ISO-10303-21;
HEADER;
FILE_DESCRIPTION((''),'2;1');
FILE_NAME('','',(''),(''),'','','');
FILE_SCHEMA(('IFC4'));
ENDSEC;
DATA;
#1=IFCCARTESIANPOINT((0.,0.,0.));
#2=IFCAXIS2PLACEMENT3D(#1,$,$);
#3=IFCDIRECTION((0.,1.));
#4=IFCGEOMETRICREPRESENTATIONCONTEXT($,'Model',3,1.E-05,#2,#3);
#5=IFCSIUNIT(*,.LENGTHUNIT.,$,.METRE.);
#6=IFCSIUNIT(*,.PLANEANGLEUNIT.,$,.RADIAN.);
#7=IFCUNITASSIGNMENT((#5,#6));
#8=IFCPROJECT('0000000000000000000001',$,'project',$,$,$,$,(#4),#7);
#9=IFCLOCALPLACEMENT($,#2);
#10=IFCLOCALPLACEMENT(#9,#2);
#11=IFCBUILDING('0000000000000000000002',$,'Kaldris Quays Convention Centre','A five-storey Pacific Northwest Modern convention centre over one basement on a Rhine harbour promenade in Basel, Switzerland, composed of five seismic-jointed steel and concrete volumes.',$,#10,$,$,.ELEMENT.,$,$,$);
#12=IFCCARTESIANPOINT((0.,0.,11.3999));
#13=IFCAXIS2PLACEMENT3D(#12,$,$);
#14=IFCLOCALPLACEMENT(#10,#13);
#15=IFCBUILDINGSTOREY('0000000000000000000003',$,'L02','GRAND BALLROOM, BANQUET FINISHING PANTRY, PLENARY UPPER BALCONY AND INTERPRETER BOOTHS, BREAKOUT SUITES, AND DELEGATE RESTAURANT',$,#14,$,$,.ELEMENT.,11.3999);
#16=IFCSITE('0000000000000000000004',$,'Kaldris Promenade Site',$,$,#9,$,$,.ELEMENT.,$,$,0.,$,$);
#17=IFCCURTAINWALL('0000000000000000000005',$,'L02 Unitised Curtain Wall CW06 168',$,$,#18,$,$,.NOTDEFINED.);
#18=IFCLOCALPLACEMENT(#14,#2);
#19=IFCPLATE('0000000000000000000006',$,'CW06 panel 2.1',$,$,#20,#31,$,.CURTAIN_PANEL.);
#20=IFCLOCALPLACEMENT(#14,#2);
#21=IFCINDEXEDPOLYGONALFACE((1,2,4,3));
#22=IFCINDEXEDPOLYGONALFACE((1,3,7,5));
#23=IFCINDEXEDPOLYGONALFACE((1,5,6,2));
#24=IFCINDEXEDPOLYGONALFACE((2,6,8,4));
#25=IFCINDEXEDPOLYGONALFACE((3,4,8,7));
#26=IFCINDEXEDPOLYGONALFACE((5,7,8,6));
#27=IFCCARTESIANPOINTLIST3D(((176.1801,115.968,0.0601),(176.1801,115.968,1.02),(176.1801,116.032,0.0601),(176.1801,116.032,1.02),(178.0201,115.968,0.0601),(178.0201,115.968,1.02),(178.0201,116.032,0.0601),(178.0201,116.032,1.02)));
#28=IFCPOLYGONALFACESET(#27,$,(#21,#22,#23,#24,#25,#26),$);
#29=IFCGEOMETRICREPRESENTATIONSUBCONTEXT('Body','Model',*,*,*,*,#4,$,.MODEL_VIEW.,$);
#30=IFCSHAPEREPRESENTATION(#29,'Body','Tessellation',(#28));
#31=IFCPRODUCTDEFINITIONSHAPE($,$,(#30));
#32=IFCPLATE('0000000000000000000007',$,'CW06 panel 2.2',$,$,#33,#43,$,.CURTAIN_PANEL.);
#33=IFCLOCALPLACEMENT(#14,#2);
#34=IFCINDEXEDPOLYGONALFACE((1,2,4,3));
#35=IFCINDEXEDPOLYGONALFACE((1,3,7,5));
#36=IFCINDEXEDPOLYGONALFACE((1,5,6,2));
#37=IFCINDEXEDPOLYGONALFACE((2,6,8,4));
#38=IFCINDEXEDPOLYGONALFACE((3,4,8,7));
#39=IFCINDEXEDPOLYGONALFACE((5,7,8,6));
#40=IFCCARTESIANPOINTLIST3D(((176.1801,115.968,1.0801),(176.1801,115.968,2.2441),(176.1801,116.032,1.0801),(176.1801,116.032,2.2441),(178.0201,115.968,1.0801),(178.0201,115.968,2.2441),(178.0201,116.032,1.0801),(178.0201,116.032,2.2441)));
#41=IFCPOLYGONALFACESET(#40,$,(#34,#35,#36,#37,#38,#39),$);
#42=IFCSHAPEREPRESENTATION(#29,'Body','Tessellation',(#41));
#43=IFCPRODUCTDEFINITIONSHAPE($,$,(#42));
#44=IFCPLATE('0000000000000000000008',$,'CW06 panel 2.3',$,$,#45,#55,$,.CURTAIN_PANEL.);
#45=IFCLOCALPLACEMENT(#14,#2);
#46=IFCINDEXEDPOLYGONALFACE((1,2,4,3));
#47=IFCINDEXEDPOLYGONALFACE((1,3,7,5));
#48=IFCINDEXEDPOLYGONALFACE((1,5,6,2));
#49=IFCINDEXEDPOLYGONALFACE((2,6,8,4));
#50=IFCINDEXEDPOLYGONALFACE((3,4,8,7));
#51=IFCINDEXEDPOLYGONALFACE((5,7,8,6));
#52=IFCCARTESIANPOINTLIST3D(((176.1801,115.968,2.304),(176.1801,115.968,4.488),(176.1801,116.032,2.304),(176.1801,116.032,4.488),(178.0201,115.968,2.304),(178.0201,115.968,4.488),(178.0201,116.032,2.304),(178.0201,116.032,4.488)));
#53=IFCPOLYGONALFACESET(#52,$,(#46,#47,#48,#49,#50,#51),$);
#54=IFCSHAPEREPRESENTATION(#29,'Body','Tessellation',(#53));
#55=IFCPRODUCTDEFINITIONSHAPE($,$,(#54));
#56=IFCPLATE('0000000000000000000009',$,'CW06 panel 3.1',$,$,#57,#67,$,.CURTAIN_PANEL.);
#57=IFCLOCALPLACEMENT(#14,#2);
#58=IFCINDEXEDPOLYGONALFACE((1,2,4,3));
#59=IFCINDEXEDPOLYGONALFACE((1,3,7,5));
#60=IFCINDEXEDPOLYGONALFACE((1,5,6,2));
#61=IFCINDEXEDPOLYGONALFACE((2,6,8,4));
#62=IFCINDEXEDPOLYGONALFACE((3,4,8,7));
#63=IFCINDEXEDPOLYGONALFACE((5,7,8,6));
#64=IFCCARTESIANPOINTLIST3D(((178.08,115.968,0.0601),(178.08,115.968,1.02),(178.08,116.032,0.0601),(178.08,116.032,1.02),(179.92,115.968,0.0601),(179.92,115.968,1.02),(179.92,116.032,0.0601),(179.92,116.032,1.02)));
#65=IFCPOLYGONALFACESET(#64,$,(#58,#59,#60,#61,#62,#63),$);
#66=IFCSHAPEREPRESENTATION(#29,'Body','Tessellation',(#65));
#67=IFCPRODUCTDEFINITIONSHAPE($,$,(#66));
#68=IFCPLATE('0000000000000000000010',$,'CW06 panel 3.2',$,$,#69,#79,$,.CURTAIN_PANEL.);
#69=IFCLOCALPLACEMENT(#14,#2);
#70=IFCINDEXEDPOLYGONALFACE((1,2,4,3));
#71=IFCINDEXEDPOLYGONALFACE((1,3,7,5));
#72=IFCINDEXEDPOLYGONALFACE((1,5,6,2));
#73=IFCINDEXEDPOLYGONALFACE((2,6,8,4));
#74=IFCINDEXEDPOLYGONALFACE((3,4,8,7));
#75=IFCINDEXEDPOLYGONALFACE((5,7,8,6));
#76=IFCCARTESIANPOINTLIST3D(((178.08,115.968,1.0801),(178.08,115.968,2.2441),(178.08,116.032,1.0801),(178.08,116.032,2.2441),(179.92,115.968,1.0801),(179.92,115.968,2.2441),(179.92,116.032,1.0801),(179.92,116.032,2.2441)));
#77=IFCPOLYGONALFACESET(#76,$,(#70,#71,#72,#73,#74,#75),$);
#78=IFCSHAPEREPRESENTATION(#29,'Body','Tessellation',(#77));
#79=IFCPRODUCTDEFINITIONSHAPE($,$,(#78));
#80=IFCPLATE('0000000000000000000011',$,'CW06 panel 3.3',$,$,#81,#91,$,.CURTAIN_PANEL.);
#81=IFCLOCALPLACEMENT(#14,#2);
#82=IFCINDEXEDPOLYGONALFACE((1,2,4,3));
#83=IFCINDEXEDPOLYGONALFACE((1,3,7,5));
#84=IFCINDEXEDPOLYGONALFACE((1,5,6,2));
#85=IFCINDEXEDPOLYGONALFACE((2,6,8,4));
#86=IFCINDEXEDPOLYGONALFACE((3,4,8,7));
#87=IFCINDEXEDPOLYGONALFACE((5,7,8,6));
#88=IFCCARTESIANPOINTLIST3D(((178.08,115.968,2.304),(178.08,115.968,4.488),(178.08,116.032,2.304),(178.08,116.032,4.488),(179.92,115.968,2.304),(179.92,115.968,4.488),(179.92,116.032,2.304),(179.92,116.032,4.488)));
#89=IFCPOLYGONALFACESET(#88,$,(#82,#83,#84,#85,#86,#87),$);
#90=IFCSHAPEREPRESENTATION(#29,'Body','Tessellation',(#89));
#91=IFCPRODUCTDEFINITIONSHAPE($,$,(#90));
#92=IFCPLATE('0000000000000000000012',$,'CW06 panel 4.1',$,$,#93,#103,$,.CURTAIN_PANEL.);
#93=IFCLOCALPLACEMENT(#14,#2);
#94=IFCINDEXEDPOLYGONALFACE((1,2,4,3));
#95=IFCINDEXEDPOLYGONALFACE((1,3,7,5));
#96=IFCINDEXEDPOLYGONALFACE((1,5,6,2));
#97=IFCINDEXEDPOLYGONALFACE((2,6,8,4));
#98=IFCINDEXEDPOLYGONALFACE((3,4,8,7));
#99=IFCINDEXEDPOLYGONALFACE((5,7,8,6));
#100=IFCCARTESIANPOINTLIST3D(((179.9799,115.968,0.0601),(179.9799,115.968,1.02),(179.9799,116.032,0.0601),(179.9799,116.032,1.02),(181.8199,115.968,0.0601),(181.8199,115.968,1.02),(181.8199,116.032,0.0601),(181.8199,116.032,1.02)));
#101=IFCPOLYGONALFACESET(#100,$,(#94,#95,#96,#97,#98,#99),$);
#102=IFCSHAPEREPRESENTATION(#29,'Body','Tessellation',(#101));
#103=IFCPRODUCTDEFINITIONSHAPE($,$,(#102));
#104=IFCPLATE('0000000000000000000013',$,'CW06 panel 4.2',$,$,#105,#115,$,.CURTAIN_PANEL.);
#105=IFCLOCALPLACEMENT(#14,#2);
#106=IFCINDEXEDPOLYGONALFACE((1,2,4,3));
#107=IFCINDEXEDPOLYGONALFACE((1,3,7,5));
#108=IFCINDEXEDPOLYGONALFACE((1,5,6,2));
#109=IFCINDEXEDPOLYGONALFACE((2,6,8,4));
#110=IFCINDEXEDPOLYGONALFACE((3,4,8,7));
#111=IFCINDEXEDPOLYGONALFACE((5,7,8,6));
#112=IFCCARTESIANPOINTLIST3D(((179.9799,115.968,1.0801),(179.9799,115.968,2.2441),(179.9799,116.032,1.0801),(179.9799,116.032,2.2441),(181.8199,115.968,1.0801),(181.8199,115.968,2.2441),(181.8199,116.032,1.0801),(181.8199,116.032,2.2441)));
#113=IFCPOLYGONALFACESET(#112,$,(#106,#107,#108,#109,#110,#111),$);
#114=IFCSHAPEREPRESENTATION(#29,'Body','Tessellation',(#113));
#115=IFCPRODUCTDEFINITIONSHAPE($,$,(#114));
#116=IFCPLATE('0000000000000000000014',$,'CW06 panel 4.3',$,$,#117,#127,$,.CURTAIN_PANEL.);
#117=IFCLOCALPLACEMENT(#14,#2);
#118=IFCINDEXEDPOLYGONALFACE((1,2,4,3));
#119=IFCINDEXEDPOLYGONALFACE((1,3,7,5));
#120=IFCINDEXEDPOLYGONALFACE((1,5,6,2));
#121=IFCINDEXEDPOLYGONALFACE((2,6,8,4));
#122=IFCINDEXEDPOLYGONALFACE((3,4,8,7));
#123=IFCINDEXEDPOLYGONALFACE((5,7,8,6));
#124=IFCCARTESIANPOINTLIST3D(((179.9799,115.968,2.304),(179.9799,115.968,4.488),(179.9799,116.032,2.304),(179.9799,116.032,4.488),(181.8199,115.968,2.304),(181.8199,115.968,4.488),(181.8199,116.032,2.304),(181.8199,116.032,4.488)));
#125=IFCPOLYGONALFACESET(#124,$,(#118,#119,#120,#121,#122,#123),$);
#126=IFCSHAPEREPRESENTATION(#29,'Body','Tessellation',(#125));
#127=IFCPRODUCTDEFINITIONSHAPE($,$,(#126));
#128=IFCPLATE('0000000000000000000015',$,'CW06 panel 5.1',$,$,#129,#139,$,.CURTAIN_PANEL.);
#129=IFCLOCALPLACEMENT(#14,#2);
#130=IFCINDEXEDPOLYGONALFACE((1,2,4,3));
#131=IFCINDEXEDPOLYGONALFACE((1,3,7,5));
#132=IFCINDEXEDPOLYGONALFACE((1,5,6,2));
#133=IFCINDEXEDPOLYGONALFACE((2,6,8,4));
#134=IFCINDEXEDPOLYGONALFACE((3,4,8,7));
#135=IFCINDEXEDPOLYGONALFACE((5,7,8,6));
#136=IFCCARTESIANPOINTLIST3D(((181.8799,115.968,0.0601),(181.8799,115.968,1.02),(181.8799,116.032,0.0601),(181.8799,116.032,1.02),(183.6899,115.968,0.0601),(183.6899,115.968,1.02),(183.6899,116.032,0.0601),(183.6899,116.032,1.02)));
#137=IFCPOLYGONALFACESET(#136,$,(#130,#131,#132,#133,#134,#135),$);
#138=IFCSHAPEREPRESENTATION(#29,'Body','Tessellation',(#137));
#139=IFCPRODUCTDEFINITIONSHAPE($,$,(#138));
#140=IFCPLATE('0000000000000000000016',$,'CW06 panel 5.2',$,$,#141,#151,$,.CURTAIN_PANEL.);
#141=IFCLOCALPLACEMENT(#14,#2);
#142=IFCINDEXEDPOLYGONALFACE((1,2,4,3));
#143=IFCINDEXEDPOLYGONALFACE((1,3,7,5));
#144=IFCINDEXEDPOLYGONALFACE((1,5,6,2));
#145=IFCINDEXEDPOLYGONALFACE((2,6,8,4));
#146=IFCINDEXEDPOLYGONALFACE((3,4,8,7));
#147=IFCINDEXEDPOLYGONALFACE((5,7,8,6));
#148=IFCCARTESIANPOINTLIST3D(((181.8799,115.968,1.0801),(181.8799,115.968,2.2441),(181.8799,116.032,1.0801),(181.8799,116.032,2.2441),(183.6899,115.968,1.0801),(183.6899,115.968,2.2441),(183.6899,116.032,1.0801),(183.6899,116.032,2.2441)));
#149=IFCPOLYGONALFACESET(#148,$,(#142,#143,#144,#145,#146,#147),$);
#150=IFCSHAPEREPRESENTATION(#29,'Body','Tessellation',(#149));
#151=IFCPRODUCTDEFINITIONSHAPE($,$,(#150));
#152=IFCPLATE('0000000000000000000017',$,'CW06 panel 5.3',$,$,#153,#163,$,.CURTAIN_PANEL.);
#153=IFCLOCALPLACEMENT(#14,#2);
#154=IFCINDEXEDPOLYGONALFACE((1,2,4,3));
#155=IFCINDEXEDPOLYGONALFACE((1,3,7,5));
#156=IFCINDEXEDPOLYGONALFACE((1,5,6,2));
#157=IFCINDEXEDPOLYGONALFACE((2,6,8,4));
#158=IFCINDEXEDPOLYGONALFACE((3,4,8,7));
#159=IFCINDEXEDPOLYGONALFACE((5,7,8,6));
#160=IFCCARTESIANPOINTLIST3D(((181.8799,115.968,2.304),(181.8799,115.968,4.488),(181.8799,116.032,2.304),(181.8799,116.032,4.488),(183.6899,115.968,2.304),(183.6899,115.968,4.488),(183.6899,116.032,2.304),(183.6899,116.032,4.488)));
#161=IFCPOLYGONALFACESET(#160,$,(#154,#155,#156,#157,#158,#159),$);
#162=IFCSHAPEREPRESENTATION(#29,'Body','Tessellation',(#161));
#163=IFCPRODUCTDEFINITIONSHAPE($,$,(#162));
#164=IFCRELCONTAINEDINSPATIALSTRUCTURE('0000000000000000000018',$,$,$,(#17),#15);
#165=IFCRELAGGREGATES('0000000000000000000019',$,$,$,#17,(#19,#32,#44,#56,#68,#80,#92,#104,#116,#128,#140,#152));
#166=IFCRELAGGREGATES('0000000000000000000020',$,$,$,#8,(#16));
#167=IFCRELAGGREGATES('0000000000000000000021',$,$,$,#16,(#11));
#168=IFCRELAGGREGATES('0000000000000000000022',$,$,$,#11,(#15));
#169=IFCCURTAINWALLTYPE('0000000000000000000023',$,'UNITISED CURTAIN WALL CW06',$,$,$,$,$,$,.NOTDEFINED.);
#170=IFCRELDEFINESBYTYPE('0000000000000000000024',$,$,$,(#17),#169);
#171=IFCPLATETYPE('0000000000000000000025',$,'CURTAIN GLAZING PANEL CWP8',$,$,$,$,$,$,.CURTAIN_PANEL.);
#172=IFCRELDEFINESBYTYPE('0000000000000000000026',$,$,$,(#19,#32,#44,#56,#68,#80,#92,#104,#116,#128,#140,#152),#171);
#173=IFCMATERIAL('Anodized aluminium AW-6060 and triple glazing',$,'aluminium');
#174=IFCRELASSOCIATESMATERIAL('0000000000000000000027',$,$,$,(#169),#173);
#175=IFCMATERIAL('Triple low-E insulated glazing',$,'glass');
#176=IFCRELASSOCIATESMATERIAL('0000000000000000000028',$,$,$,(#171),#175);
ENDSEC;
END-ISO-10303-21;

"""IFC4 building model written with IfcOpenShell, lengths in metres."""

from ifc_helpers import new_model, si_unit, direction, frame, origin, origin_2d, place, context, subcontext, project, spatial, rectangle, extrude, material, type_object, element, aggregate, save


model = new_model("IFC4")

# Units and contexts
model_context = context("Model", 3, precision=1e-05, world=origin(), true_north=direction((0.0, 1.0)))
body_context = subcontext(model_context, "Body", "Model", "MODEL_VIEW")
ifc_project = project(units=[si_unit("LENGTHUNIT", "METRE"), si_unit("PLANEANGLEUNIT", "RADIAN")], contexts=[model_context])

# Site, building, storey
site_placement = place(None, origin())
site = spatial("IfcSite", under=ifc_project, at=site_placement, Name="Kaldris Promenade Site", CompositionType="ELEMENT", RefElevation=0.0)
building_placement = place(site_placement, origin())
building = spatial("IfcBuilding", under=site, at=building_placement, Name="Kaldris Quays Convention Centre", Description="A five-storey Pacific Northwest Modern convention centre over one basement on a Rhine harbour promenade in Basel, Switzerland, composed of five seismic-jointed steel and concrete volumes.", CompositionType="ELEMENT")
storey_placement = place(building_placement, frame((0.0, 0.0, 11.3999)))
storey = spatial("IfcBuildingStorey", under=building, at=storey_placement, Name="L02", Description="GRAND BALLROOM, BANQUET FINISHING PANTRY, PLENARY UPPER BALCONY AND INTERPRETER BOOTHS, BREAKOUT SUITES, AND DELEGATE RESTAURANT", CompositionType="ELEMENT", Elevation=11.3999)

# Curtain wall
ifc_material_1 = material(Name="Anodized aluminium AW-6060 and triple glazing", Category="aluminium")
curtain_wall_type = type_object("IfcCurtainWallType", Name="UNITISED CURTAIN WALL CW06", PredefinedType="NOTDEFINED", material=ifc_material_1)
curtain_wall_1_placement = place(storey_placement, origin())
curtain_wall_1 = element("IfcCurtainWall", 1, at=curtain_wall_1_placement, inside=storey, type_object=curtain_wall_type, Name="L02 Unitised Curtain Wall CW06 168", PredefinedType="NOTDEFINED")

# Plates
ifc_material_2 = material(Name="Triple low-E insulated glazing", Category="glass")
plate_type = type_object("IfcPlateType", Name="CURTAIN GLAZING PANEL CWP8", PredefinedType="CURTAIN_PANEL", material=ifc_material_2)
plate_1_placement = place(storey_placement, frame((177.1001, 116.0, 0.0601), z_axis=(0.0, 0.0, 1.0), x_axis=(1.0, 0.0, 0.0)))
plate_1 = element("IfcPlate", 2, at=plate_1_placement, type_object=plate_type, Name="CW06 panel 2.1", PredefinedType="CURTAIN_PANEL", context=body_context, shape_type="SweptSolid", body=[
    extrude(rectangle(XDim=1.8401, YDim=0.064, at=origin_2d()), origin(), (0.0, 0.0, 1.0), 0.96),
])
plate_2_placement = place(storey_placement, frame((177.1001, 116.0, 1.0801), z_axis=(0.0, 0.0, 1.0), x_axis=(1.0, 0.0, 0.0)))
plate_2 = element("IfcPlate", 3, at=plate_2_placement, type_object=plate_type, Name="CW06 panel 2.2", PredefinedType="CURTAIN_PANEL", context=body_context, shape_type="SweptSolid", body=[
    extrude(rectangle(XDim=1.8401, YDim=0.064, at=origin_2d()), origin(), (0.0, 0.0, 1.0), 1.1641),
])
plate_3_placement = place(storey_placement, frame((177.1001, 116.0, 2.304), z_axis=(0.0, 0.0, 1.0), x_axis=(1.0, 0.0, 0.0)))
plate_3 = element("IfcPlate", 4, at=plate_3_placement, type_object=plate_type, Name="CW06 panel 2.3", PredefinedType="CURTAIN_PANEL", context=body_context, shape_type="SweptSolid", body=[
    extrude(rectangle(XDim=1.8401, YDim=0.064, at=origin_2d()), origin(), (0.0, 0.0, 1.0), 2.1841),
])
plate_4_placement = place(storey_placement, frame((179.0, 116.0, 0.0601), z_axis=(0.0, 0.0, 1.0), x_axis=(1.0, 0.0, 0.0)))
plate_4 = element("IfcPlate", 5, at=plate_4_placement, type_object=plate_type, Name="CW06 panel 3.1", PredefinedType="CURTAIN_PANEL", context=body_context, shape_type="SweptSolid", body=[
    extrude(rectangle(XDim=1.8401, YDim=0.064, at=origin_2d()), origin(), (0.0, 0.0, 1.0), 0.96),
])
plate_5_placement = place(storey_placement, frame((179.0, 116.0, 1.0801), z_axis=(0.0, 0.0, 1.0), x_axis=(1.0, 0.0, 0.0)))
plate_5 = element("IfcPlate", 6, at=plate_5_placement, type_object=plate_type, Name="CW06 panel 3.2", PredefinedType="CURTAIN_PANEL", context=body_context, shape_type="SweptSolid", body=[
    extrude(rectangle(XDim=1.8401, YDim=0.064, at=origin_2d()), origin(), (0.0, 0.0, 1.0), 1.1641),
])
plate_6_placement = place(storey_placement, frame((179.0, 116.0, 2.304), z_axis=(0.0, 0.0, 1.0), x_axis=(1.0, 0.0, 0.0)))
plate_6 = element("IfcPlate", 7, at=plate_6_placement, type_object=plate_type, Name="CW06 panel 3.3", PredefinedType="CURTAIN_PANEL", context=body_context, shape_type="SweptSolid", body=[
    extrude(rectangle(XDim=1.8401, YDim=0.064, at=origin_2d()), origin(), (0.0, 0.0, 1.0), 2.1841),
])
plate_7_placement = place(storey_placement, frame((180.8999, 116.0, 0.0601), z_axis=(0.0, 0.0, 1.0), x_axis=(1.0, 0.0, 0.0)))
plate_7 = element("IfcPlate", 8, at=plate_7_placement, type_object=plate_type, Name="CW06 panel 4.1", PredefinedType="CURTAIN_PANEL", context=body_context, shape_type="SweptSolid", body=[
    extrude(rectangle(XDim=1.8401, YDim=0.064, at=origin_2d()), origin(), (0.0, 0.0, 1.0), 0.96),
])
plate_8_placement = place(storey_placement, frame((180.8999, 116.0, 1.0801), z_axis=(0.0, 0.0, 1.0), x_axis=(1.0, 0.0, 0.0)))
plate_8 = element("IfcPlate", 9, at=plate_8_placement, type_object=plate_type, Name="CW06 panel 4.2", PredefinedType="CURTAIN_PANEL", context=body_context, shape_type="SweptSolid", body=[
    extrude(rectangle(XDim=1.8401, YDim=0.064, at=origin_2d()), origin(), (0.0, 0.0, 1.0), 1.1641),
])
plate_9_placement = place(storey_placement, frame((180.8999, 116.0, 2.304), z_axis=(0.0, 0.0, 1.0), x_axis=(1.0, 0.0, 0.0)))
plate_9 = element("IfcPlate", 10, at=plate_9_placement, type_object=plate_type, Name="CW06 panel 4.3", PredefinedType="CURTAIN_PANEL", context=body_context, shape_type="SweptSolid", body=[
    extrude(rectangle(XDim=1.8401, YDim=0.064, at=origin_2d()), origin(), (0.0, 0.0, 1.0), 2.1841),
])
plate_10_placement = place(storey_placement, frame((182.7849, 116.0, 0.0601), z_axis=(0.0, 0.0, 1.0), x_axis=(1.0, 0.0, 0.0)))
plate_10 = element("IfcPlate", 11, at=plate_10_placement, type_object=plate_type, Name="CW06 panel 5.1", PredefinedType="CURTAIN_PANEL", context=body_context, shape_type="SweptSolid", body=[
    extrude(rectangle(XDim=1.8101, YDim=0.064, at=origin_2d()), origin(), (0.0, 0.0, 1.0), 0.96),
])
plate_11_placement = place(storey_placement, frame((182.7849, 116.0, 1.0801), z_axis=(0.0, 0.0, 1.0), x_axis=(1.0, 0.0, 0.0)))
plate_11 = element("IfcPlate", 12, at=plate_11_placement, type_object=plate_type, Name="CW06 panel 5.2", PredefinedType="CURTAIN_PANEL", context=body_context, shape_type="SweptSolid", body=[
    extrude(rectangle(XDim=1.8101, YDim=0.064, at=origin_2d()), origin(), (0.0, 0.0, 1.0), 1.1641),
])
plate_12_placement = place(storey_placement, frame((182.7849, 116.0, 2.304), z_axis=(0.0, 0.0, 1.0), x_axis=(1.0, 0.0, 0.0)))
plate_12 = element("IfcPlate", 13, at=plate_12_placement, type_object=plate_type, Name="CW06 panel 5.3", PredefinedType="CURTAIN_PANEL", context=body_context, shape_type="SweptSolid", body=[
    extrude(rectangle(XDim=1.8101, YDim=0.064, at=origin_2d()), origin(), (0.0, 0.0, 1.0), 2.1841),
])
aggregate(curtain_wall_1, [plate_1, plate_2, plate_3, plate_4, plate_5, plate_6, plate_7, plate_8, plate_9, plate_10, plate_11, plate_12])

save(model, "model.ifc")
